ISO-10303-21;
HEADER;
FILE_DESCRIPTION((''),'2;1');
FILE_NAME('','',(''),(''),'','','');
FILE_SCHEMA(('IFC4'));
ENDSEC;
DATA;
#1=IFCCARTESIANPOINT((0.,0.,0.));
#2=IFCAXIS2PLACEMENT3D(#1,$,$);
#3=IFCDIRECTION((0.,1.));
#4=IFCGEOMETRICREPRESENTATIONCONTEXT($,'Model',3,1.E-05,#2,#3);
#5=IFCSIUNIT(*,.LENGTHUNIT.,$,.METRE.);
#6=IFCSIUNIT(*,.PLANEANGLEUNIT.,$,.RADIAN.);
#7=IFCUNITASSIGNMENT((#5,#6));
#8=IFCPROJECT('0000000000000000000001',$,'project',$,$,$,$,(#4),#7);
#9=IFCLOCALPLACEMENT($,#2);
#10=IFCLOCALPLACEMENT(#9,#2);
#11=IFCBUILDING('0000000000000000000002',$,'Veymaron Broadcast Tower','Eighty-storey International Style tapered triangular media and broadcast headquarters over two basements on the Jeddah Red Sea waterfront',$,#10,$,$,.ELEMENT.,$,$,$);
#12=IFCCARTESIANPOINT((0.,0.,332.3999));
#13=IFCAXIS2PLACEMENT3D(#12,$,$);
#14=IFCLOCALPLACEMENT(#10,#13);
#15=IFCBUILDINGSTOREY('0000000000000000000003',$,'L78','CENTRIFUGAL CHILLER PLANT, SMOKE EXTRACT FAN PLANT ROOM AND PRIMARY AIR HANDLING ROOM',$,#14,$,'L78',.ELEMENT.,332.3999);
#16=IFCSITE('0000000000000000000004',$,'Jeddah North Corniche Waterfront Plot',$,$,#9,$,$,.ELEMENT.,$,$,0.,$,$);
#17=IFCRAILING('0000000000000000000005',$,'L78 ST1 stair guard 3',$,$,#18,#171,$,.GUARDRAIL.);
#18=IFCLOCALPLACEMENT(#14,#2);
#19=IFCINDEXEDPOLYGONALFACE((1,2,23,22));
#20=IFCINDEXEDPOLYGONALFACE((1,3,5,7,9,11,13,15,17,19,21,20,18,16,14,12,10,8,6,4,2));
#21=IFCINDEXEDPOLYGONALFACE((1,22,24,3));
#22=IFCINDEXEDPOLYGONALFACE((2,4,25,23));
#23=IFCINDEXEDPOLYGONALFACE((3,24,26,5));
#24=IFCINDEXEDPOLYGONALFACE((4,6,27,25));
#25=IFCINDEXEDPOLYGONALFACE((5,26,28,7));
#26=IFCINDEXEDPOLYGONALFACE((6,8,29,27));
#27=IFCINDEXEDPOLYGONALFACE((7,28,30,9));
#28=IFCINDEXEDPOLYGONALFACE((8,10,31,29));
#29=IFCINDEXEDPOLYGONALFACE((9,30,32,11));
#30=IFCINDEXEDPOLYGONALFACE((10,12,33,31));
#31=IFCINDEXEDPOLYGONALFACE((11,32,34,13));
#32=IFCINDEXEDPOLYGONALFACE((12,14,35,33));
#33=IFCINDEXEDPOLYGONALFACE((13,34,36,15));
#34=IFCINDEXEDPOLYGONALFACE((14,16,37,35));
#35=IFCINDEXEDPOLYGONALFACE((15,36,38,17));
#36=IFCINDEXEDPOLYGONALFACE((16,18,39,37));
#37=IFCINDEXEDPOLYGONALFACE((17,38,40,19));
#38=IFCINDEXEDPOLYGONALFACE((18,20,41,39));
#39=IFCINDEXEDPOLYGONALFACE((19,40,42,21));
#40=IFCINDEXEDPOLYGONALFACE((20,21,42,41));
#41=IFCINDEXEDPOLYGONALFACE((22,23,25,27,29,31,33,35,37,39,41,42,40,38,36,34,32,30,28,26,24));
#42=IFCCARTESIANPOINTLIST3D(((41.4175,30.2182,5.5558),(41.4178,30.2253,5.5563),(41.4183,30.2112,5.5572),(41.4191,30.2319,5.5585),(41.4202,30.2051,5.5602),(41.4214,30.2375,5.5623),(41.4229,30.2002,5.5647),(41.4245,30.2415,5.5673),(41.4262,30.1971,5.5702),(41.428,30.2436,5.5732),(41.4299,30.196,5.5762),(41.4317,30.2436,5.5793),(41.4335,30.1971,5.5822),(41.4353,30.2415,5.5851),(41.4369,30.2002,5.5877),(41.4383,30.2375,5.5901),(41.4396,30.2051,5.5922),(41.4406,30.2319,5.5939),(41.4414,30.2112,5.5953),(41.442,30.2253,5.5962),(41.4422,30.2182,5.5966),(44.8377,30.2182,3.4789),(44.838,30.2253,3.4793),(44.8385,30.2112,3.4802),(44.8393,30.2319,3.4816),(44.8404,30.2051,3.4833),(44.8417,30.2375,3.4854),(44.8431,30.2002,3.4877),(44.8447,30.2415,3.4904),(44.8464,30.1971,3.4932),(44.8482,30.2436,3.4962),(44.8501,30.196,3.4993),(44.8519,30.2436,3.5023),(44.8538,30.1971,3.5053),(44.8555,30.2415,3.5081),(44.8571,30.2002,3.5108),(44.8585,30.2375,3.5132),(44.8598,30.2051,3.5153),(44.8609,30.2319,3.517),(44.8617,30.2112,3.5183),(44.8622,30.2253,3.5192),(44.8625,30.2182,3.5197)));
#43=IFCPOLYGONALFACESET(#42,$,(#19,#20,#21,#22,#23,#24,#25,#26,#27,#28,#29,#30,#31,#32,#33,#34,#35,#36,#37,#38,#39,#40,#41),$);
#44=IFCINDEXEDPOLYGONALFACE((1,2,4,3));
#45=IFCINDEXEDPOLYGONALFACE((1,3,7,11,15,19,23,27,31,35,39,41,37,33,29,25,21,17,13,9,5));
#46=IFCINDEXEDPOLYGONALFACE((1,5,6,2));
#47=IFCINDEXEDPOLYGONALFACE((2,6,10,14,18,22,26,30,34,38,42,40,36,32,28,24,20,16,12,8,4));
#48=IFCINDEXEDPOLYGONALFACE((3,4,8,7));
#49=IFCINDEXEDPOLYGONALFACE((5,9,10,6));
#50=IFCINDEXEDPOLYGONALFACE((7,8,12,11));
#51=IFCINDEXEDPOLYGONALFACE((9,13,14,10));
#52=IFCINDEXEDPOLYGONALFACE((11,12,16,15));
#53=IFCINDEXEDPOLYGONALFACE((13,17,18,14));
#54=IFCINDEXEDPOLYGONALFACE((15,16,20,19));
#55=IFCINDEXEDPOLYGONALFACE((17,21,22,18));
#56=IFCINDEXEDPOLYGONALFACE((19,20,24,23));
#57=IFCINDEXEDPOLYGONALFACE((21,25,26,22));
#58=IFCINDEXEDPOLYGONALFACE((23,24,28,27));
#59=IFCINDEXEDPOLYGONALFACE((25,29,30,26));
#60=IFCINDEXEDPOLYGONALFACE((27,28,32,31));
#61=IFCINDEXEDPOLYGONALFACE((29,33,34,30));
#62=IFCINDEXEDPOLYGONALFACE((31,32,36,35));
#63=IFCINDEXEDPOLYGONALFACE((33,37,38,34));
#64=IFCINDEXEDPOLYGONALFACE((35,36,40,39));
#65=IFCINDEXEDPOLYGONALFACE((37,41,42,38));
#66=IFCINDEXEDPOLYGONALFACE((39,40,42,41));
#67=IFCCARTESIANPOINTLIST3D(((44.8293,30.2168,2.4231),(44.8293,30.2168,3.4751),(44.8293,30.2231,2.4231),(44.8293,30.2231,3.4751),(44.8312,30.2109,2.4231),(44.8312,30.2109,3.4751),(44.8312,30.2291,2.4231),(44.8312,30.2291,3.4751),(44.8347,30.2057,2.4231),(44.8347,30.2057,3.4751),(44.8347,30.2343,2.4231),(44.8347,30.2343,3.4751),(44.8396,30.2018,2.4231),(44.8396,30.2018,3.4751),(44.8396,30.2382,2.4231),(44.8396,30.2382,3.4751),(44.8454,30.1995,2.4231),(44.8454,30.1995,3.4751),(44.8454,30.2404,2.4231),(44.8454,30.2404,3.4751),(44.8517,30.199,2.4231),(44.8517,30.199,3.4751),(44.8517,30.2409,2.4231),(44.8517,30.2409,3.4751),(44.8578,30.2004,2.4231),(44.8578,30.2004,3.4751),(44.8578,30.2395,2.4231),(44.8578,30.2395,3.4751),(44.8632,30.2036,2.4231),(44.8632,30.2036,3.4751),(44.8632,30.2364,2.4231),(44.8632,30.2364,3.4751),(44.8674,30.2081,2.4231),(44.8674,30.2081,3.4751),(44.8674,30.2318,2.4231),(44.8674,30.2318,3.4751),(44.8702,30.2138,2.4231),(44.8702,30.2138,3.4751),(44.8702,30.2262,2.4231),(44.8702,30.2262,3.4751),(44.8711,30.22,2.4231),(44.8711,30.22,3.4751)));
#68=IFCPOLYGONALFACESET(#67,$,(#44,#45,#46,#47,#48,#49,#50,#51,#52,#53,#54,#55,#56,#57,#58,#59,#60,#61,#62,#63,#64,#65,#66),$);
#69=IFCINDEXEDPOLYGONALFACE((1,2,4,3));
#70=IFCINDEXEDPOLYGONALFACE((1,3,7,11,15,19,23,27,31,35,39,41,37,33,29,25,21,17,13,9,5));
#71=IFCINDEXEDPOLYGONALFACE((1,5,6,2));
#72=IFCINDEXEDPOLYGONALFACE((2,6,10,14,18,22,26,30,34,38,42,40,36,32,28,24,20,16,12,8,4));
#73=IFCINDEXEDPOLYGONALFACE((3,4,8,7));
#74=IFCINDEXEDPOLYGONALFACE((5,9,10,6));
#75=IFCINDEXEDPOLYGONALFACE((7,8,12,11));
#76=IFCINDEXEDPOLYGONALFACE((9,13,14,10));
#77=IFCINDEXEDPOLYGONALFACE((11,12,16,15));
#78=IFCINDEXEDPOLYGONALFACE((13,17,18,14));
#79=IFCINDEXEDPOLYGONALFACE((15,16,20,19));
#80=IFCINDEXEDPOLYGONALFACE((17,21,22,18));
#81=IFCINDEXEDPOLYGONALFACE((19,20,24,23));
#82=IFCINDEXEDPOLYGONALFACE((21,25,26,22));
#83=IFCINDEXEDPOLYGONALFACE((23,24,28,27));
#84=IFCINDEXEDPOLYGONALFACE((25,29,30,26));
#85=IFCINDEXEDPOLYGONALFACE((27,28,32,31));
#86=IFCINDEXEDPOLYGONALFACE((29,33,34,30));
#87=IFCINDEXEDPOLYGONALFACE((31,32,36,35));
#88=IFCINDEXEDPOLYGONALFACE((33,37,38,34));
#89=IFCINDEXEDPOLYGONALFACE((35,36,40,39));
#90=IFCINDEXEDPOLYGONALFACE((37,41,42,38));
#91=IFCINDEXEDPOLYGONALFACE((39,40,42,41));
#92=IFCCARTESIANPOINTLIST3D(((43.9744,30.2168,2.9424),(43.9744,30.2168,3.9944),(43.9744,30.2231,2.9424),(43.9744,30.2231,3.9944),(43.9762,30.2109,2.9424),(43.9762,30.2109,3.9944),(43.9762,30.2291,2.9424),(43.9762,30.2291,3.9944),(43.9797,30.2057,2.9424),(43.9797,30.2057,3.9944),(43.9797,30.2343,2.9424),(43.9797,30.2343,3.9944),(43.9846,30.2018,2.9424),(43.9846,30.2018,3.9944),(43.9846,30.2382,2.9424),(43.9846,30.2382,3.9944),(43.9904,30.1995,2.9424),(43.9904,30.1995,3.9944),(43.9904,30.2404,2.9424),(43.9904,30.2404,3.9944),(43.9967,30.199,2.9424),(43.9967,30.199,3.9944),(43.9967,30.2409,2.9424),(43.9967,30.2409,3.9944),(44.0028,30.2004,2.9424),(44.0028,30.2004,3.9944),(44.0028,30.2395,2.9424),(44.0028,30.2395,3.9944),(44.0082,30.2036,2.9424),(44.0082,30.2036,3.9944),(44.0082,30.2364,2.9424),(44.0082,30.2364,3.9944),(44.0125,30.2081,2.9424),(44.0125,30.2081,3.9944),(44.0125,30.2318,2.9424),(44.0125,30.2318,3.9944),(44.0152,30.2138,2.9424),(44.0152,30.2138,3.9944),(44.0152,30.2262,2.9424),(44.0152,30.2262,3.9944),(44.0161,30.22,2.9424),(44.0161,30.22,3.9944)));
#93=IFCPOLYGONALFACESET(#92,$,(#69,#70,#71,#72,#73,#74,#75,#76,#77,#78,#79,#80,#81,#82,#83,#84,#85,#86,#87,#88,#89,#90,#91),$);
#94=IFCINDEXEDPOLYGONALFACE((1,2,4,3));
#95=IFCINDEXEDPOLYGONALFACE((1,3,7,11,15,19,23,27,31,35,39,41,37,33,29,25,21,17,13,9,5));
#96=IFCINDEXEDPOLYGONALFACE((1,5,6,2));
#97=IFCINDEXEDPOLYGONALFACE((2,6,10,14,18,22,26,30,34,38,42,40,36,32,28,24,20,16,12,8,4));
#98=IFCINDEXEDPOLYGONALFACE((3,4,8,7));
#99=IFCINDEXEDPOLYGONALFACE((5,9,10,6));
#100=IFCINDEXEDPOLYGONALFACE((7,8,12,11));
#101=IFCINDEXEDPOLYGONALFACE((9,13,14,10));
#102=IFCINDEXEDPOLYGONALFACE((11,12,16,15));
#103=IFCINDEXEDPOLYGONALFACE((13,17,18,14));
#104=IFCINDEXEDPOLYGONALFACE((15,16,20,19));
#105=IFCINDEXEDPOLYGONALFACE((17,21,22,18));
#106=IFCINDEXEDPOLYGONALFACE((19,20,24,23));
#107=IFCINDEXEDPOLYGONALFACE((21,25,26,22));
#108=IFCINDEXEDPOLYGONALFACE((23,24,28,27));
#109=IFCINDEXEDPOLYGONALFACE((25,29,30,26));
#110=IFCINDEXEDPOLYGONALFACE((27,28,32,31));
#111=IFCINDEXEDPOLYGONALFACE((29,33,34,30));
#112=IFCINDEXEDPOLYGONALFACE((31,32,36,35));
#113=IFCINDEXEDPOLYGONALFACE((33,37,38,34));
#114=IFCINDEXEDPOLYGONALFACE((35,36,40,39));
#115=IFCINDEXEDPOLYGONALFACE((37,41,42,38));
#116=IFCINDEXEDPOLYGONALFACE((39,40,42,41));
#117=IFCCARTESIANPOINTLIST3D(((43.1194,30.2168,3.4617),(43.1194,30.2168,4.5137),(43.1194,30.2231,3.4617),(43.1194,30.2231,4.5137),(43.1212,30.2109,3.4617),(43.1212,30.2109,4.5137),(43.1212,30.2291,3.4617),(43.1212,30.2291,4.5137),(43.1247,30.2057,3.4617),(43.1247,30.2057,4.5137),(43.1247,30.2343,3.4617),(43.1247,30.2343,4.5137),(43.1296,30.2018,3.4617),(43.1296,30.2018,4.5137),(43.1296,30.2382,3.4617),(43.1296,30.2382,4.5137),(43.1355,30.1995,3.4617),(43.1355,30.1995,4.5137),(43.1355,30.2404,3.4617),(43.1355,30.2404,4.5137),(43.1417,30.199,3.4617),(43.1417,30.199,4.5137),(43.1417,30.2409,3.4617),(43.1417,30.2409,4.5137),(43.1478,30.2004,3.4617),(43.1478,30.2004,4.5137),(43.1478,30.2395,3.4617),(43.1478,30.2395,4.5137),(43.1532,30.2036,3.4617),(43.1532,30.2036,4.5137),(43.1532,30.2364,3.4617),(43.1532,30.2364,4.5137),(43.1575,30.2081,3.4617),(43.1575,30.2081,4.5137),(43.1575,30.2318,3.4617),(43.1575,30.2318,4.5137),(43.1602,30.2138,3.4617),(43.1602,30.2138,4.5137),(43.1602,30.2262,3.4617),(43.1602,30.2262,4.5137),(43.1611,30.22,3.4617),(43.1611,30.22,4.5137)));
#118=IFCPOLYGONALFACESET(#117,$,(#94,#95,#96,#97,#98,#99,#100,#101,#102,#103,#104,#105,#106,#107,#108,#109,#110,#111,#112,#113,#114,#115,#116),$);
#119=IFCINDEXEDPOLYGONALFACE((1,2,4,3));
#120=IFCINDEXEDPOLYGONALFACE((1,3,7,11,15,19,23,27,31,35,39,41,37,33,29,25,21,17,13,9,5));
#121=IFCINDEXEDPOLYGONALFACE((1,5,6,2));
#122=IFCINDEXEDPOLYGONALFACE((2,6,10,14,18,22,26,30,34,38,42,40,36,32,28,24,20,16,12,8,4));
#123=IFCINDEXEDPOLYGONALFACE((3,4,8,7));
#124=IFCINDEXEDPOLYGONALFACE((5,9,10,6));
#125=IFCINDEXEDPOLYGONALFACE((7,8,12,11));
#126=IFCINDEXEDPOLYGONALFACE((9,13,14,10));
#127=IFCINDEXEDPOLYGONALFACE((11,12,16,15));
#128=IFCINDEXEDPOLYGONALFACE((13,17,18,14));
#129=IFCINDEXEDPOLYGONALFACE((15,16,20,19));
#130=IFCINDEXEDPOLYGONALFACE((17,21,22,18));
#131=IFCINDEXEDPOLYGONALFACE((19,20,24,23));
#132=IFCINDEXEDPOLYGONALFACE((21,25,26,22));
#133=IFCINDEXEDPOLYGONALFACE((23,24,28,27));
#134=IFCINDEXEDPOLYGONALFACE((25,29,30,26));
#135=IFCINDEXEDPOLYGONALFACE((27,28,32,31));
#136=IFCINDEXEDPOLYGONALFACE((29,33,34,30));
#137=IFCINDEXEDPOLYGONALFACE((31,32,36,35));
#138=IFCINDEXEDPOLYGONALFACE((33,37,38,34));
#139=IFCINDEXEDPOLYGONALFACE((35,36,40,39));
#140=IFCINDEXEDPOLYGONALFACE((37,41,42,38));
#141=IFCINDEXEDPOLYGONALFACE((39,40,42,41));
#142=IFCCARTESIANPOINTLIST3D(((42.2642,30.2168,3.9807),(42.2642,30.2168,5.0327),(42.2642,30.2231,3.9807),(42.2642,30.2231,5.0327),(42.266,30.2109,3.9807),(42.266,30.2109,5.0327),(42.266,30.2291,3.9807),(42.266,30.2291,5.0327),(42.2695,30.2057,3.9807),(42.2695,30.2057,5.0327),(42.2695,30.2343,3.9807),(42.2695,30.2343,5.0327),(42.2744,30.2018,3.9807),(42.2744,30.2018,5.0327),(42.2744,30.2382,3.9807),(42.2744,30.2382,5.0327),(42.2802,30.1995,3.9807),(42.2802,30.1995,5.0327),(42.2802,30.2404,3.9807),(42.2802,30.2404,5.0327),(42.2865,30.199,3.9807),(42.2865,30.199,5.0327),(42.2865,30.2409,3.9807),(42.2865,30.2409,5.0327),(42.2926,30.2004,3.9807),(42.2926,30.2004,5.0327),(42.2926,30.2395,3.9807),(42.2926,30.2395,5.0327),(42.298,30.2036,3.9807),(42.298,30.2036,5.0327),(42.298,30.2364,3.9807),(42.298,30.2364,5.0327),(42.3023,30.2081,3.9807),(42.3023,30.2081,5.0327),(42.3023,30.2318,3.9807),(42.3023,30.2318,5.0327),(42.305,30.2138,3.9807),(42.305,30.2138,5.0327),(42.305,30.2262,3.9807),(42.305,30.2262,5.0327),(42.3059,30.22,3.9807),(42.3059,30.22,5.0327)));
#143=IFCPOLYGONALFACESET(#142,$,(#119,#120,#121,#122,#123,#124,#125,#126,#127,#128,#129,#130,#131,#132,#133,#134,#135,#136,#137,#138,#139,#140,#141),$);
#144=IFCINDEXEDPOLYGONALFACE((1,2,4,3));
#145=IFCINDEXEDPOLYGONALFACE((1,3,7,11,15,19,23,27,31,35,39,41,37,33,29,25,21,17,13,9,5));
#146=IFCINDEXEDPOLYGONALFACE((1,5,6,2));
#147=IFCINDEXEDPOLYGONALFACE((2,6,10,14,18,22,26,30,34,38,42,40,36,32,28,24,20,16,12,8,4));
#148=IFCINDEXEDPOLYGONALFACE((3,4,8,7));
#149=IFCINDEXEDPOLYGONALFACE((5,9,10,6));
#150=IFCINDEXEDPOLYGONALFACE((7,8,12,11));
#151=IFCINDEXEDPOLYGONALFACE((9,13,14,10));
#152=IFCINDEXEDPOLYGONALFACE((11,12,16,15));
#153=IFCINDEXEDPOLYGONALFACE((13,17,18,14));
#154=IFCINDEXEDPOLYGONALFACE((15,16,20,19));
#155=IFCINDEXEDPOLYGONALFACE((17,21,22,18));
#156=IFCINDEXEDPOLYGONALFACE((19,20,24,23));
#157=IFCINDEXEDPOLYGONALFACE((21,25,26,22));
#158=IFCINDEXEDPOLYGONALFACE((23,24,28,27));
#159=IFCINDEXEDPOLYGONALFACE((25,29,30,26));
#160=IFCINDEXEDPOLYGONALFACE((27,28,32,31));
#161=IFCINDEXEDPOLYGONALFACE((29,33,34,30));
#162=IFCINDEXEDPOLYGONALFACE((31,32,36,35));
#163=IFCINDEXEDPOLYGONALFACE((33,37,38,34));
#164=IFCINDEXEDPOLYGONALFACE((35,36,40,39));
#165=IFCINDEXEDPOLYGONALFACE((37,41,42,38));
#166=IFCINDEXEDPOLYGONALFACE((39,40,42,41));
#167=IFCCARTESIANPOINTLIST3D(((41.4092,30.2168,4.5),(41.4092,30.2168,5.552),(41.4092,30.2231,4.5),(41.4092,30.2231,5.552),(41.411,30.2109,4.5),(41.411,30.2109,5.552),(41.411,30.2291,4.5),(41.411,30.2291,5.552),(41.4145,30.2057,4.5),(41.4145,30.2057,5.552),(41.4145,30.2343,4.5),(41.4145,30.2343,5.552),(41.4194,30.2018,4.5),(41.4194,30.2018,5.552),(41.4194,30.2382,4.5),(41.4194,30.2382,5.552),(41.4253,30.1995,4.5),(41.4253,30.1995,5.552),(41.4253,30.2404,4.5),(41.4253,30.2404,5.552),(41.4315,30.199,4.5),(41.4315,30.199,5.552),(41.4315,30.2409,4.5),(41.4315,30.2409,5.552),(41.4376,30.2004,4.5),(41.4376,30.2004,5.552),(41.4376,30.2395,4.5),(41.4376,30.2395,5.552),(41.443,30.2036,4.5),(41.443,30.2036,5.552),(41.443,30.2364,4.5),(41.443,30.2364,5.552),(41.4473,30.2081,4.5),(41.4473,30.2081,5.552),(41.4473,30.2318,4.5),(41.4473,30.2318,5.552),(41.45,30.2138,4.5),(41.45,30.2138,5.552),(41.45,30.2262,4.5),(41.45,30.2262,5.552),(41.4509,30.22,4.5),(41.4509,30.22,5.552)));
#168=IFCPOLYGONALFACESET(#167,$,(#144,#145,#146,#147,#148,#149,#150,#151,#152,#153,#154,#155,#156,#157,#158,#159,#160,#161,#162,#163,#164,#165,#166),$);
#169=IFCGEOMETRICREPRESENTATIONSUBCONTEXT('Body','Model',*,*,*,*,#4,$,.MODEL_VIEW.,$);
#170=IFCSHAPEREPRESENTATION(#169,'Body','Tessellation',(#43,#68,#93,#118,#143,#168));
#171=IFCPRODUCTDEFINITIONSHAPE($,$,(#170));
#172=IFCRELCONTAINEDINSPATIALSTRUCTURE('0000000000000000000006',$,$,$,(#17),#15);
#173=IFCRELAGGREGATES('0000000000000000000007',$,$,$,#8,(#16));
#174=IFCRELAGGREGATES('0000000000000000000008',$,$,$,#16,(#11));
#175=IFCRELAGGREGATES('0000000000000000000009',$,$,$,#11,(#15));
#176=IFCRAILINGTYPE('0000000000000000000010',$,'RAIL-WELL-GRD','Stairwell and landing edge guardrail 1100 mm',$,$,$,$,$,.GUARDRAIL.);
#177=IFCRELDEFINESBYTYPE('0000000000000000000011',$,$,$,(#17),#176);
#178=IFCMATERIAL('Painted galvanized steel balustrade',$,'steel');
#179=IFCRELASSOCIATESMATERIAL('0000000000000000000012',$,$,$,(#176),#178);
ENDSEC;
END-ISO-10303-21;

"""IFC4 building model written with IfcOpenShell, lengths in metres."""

from ifc_helpers import new_model, si_unit, direction, frame, origin, origin_2d, place, context, subcontext, project, spatial, circle, extrude, material, type_object, element, save


model = new_model("IFC4")

# Units and contexts
model_context = context("Model", 3, precision=1e-05, world=origin(), true_north=direction((0.0, 1.0)))
body_context = subcontext(model_context, "Body", "Model", "MODEL_VIEW")
ifc_project = project(units=[si_unit("LENGTHUNIT", "METRE"), si_unit("PLANEANGLEUNIT", "RADIAN")], contexts=[model_context])

# Site, building, storey
site_placement = place(None, origin())
site = spatial("IfcSite", under=ifc_project, at=site_placement, Name="Jeddah North Corniche Waterfront Plot", CompositionType="ELEMENT", RefElevation=0.0)
building_placement = place(site_placement, origin())
building = spatial("IfcBuilding", under=site, at=building_placement, Name="Veymaron Broadcast Tower", Description="Eighty-storey International Style tapered triangular media and broadcast headquarters over two basements on the Jeddah Red Sea waterfront", CompositionType="ELEMENT")
storey_placement = place(building_placement, frame((0.0, 0.0, 332.3999)))
storey = spatial("IfcBuildingStorey", under=building, at=storey_placement, Name="L78", Description="CENTRIFUGAL CHILLER PLANT, SMOKE EXTRACT FAN PLANT ROOM AND PRIMARY AIR HANDLING ROOM", LongName="L78", CompositionType="ELEMENT", Elevation=332.3999)

# Railing
ifc_material_1 = material(Name="Painted galvanized steel balustrade", Category="steel")
railing_type_1 = type_object("IfcRailingType", Name="RAIL-WELL-GRD", Description="Stairwell and landing edge guardrail 1100 mm", PredefinedType="GUARDRAIL", material=ifc_material_1)
railing_1_placement = place(storey_placement, frame((44.8501, 30.22, 2.4231)))
element("IfcRailing", 1, at=railing_1_placement, inside=storey, type_object=railing_type_1, Name="L78 ST1 stair guard 3", PredefinedType="GUARDRAIL", context=body_context, shape_type="SweptSolid", body=[
    extrude(circle(Radius=0.0239, at=origin_2d()), frame((0.0, 0.0, 1.0762), z_axis=(-0.854746, 0.0, 0.519047), x_axis=(0.0, -1.0, 0.0)), (0.0, 0.0, 1.0), 4.0015),
    extrude(circle(Radius=0.021, at=origin_2d()), origin(), (0.0, 0.0, 1.0), 1.052),
    extrude(circle(Radius=0.021, at=origin_2d()), frame((-0.855, 0.0, 0.5193)), (0.0, 0.0, 1.0), 1.052),
    extrude(circle(Radius=0.021, at=origin_2d()), frame((-1.71, 0.0, 1.0386)), (0.0, 0.0, 1.0), 1.052),
    extrude(circle(Radius=0.021, at=origin_2d()), frame((-2.5652, 0.0, 1.5576)), (0.0, 0.0, 1.0), 1.052),
    extrude(circle(Radius=0.021, at=origin_2d()), frame((-3.4202, 0.0, 2.0769)), (0.0, 0.0, 1.0), 1.052),
])

save(model, "model.ifc")
